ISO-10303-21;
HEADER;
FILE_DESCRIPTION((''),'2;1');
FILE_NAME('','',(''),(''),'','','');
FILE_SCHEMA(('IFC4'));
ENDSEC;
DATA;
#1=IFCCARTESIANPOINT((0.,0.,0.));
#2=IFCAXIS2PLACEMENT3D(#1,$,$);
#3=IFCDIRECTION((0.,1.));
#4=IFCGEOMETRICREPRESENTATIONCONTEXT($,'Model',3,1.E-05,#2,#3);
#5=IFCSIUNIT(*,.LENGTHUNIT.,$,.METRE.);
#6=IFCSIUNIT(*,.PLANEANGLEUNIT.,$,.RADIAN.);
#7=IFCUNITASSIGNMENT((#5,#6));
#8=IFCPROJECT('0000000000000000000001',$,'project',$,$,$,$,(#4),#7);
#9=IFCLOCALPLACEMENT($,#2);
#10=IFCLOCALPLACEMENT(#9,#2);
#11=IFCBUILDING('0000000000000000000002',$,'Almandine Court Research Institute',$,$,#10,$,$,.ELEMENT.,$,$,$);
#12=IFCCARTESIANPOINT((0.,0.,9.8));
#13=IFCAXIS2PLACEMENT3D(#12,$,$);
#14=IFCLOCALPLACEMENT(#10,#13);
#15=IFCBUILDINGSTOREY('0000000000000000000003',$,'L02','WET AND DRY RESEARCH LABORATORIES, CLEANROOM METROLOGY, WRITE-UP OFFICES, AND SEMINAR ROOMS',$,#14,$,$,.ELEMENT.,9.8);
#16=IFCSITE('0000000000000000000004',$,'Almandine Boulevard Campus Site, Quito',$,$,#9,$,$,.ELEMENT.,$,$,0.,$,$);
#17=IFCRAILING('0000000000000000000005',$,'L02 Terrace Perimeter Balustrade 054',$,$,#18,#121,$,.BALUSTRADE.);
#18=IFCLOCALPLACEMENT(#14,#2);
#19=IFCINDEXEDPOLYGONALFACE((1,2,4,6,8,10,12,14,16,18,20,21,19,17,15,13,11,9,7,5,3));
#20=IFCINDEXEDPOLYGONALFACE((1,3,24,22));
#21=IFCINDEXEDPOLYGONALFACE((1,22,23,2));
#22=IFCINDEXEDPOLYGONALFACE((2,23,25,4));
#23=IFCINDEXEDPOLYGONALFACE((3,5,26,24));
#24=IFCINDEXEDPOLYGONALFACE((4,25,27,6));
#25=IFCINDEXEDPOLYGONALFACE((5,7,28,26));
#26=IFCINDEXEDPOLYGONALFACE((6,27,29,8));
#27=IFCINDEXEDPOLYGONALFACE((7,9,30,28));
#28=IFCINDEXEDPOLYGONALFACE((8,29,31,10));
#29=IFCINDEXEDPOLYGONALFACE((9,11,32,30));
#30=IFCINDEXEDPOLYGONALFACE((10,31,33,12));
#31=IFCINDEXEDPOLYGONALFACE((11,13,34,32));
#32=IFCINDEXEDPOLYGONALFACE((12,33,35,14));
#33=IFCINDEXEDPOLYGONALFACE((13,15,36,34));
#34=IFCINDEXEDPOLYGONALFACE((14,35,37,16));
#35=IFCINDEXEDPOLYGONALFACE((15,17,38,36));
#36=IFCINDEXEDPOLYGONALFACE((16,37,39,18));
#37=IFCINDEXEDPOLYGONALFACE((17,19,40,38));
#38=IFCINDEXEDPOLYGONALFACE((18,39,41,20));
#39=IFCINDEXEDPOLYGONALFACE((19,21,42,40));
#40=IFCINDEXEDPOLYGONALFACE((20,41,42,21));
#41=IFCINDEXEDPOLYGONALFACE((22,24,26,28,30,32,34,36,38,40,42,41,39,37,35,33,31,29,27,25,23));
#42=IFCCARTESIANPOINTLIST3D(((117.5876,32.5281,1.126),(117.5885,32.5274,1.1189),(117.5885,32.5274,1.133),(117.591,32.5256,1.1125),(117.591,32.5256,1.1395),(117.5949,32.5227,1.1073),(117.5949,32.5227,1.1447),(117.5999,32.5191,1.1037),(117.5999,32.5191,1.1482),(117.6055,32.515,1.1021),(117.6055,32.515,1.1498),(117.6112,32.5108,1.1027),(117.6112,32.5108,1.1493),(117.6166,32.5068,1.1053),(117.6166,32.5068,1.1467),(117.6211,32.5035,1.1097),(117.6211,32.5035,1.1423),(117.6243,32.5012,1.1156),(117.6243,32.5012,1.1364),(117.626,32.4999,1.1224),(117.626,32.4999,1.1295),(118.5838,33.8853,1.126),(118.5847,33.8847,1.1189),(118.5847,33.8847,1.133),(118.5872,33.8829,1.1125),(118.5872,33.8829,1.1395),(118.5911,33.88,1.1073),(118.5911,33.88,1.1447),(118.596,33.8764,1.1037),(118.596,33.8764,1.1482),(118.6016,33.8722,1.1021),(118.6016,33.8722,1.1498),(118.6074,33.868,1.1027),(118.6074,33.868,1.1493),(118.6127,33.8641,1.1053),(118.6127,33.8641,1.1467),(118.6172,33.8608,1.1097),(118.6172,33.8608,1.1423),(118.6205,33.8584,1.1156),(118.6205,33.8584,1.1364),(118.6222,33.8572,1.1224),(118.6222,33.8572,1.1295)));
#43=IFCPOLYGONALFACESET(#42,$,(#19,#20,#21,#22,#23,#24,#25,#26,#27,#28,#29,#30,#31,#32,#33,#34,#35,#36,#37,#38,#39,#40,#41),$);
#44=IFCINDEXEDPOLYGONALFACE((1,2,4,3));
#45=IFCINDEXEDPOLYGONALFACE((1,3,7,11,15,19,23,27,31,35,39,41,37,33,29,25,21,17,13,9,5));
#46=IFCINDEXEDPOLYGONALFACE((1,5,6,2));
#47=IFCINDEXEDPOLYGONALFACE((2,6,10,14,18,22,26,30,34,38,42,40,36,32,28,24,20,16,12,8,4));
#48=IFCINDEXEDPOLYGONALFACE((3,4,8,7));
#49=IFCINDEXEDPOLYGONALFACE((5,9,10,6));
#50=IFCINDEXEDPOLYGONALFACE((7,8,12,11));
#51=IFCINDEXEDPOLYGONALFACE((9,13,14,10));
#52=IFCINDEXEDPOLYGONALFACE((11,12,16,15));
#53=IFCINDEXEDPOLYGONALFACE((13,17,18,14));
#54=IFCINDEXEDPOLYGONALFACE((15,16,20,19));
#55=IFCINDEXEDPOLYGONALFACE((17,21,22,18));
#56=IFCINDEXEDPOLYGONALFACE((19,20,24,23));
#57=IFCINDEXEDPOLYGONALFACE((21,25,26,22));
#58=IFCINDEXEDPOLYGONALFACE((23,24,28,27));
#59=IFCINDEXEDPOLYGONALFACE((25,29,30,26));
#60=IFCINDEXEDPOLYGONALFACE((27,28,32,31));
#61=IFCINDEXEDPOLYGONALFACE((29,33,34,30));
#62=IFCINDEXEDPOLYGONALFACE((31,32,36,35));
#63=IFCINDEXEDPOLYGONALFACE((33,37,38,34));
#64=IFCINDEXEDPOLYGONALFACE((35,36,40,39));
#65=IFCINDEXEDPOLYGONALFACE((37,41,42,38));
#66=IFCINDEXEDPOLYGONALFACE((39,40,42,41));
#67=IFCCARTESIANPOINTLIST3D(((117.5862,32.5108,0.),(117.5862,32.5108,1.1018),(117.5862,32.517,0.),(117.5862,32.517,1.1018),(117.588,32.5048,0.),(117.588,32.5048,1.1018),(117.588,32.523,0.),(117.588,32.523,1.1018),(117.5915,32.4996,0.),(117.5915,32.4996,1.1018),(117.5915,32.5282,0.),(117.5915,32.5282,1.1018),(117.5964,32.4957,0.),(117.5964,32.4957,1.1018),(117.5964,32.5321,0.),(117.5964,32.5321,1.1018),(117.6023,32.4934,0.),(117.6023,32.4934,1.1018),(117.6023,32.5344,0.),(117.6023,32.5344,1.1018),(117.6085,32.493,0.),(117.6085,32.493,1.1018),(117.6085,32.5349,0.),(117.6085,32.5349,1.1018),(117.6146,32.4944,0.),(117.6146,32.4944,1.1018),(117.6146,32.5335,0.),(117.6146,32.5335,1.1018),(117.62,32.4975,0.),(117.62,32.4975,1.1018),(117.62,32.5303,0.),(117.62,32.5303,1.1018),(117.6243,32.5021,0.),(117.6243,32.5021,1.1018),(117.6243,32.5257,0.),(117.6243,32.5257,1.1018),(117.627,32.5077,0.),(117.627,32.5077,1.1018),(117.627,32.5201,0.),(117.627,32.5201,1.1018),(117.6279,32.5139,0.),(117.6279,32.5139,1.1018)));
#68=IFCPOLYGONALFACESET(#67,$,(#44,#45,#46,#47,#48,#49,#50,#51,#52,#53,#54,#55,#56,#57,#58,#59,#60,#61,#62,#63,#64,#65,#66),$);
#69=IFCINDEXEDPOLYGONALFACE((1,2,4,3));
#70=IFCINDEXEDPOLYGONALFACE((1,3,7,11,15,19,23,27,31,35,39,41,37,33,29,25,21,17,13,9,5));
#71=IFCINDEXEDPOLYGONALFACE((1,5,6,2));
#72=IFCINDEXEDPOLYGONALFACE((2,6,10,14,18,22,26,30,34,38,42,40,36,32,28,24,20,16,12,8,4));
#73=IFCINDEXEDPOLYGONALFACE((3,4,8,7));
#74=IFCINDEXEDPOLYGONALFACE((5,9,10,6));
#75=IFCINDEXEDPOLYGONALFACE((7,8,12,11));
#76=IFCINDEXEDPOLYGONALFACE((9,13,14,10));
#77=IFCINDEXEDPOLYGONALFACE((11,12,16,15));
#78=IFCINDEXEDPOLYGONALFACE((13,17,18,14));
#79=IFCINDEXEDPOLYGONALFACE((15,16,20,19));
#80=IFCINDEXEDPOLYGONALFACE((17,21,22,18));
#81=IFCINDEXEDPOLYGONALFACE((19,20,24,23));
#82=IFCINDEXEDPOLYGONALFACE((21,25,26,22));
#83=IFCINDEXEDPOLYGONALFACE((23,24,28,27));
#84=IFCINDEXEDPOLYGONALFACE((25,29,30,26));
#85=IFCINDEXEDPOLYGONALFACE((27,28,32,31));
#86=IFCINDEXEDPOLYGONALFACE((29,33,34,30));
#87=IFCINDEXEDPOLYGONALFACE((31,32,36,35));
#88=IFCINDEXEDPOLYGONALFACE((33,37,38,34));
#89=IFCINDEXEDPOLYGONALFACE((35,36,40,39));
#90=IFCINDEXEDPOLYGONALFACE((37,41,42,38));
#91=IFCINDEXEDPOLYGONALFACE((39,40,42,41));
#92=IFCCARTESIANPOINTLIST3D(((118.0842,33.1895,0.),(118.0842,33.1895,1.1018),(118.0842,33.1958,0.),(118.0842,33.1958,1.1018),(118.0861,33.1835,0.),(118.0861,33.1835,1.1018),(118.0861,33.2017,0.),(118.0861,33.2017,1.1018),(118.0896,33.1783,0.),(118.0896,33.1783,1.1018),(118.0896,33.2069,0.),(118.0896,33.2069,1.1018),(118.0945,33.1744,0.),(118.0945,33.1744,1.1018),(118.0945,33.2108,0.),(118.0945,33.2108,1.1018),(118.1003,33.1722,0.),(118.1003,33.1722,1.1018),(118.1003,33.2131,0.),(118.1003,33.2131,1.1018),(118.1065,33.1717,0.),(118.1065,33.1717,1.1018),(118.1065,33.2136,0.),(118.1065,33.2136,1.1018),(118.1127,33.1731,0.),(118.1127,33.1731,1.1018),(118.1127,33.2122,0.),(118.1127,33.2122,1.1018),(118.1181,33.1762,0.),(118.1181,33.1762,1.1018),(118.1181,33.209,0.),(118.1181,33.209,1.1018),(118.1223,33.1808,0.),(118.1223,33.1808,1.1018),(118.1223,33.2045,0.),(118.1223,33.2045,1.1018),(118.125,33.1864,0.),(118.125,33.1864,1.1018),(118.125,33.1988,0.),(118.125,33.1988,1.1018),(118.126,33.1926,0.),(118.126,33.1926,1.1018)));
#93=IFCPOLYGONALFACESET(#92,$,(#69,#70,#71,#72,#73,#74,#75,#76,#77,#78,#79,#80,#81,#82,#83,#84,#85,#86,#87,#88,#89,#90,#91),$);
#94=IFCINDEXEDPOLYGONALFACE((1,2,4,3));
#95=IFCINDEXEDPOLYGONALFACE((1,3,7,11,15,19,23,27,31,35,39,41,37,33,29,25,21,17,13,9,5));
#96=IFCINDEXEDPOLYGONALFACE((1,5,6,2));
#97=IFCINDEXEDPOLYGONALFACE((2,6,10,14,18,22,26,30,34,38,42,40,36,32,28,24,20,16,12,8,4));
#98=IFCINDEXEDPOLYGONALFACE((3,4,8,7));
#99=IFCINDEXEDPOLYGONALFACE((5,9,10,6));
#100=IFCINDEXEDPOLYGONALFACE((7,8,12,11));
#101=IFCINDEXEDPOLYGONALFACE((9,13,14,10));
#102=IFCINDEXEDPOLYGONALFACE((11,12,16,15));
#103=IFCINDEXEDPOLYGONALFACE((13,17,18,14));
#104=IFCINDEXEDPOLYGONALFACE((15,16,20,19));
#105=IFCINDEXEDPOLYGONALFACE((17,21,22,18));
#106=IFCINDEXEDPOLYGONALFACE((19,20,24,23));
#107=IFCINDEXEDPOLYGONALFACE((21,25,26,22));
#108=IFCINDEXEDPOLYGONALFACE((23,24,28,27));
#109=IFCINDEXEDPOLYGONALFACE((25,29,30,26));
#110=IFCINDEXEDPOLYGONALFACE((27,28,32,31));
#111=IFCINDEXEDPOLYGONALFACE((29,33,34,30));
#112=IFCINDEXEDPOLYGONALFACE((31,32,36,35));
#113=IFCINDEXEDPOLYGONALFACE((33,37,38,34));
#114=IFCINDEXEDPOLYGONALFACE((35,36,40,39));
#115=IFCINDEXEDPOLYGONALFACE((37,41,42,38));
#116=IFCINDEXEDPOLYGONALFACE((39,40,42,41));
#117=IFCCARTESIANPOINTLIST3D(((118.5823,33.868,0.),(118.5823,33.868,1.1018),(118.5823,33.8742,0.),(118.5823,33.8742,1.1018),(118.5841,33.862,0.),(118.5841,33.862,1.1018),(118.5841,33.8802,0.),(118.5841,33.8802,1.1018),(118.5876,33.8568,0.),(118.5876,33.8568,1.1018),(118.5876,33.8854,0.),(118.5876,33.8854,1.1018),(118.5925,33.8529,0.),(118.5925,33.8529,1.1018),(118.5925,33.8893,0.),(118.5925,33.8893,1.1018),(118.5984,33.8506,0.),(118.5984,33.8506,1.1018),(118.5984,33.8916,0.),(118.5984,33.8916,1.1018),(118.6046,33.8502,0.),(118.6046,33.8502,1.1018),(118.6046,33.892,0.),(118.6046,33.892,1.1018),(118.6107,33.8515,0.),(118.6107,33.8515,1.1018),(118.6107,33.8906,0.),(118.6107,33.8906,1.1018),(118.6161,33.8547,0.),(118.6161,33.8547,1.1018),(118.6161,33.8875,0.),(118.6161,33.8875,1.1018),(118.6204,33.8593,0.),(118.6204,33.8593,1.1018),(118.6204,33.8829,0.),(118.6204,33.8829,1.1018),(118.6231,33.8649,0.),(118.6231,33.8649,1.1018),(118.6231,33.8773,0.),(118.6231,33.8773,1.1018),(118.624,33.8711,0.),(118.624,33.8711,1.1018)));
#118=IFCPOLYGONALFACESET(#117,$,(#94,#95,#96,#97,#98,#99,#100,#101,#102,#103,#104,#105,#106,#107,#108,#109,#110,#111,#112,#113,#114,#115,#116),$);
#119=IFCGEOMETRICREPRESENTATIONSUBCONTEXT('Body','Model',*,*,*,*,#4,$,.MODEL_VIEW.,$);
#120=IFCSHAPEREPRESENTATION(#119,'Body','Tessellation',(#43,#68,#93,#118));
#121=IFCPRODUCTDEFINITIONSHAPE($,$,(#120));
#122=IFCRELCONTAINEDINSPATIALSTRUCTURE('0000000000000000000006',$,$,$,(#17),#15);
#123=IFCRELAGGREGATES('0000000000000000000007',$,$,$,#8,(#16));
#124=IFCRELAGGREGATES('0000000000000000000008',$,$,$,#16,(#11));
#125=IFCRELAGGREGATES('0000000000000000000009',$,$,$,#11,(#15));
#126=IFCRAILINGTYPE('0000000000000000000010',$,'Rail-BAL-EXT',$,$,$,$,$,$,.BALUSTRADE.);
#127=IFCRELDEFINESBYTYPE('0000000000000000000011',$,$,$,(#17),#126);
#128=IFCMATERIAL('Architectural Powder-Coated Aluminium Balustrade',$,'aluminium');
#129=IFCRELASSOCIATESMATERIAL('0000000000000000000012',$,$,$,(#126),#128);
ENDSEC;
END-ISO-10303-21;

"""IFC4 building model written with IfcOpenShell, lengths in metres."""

from ifc_helpers import new_model, si_unit, direction, frame, origin, origin_2d, place, context, subcontext, project, spatial, circle, extrude, material, type_object, element, save


model = new_model("IFC4")

# Units and contexts
model_context = context("Model", 3, precision=1e-05, world=origin(), true_north=direction((0.0, 1.0)))
body_context = subcontext(model_context, "Body", "Model", "MODEL_VIEW")
ifc_project = project(units=[si_unit("LENGTHUNIT", "METRE"), si_unit("PLANEANGLEUNIT", "RADIAN")], contexts=[model_context])

# Site, building, storey
site_placement = place(None, origin())
site = spatial("IfcSite", under=ifc_project, at=site_placement, Name="Almandine Boulevard Campus Site, Quito", CompositionType="ELEMENT", RefElevation=0.0)
building_placement = place(site_placement, origin())
building = spatial("IfcBuilding", under=site, at=building_placement, Name="Almandine Court Research Institute", CompositionType="ELEMENT")
storey_placement = place(building_placement, frame((0.0, 0.0, 9.8)))
storey = spatial("IfcBuildingStorey", under=building, at=storey_placement, Name="L02", Description="WET AND DRY RESEARCH LABORATORIES, CLEANROOM METROLOGY, WRITE-UP OFFICES, AND SEMINAR ROOMS", CompositionType="ELEMENT", Elevation=9.8)

# Railing
ifc_material_1 = material(Name="Architectural Powder-Coated Aluminium Balustrade", Category="aluminium")
railing_type = type_object("IfcRailingType", Name="Rail-BAL-EXT", PredefinedType="BALUSTRADE", material=ifc_material_1)
railing_1_placement = place(storey_placement, frame((117.6069, 32.5139, 0.0)))
element("IfcRailing", 1, at=railing_1_placement, inside=storey, type_object=railing_type, Name="L02 Terrace Perimeter Balustrade 054", PredefinedType="BALUSTRADE", context=body_context, shape_type="SweptSolid", body=[
    extrude(circle(Radius=0.0239, at=origin_2d()), frame((0.0, 0.0, 1.126), z_axis=(0.591684, 0.80617, 0.0), x_axis=(-0.80617, 0.591684, 0.0)), (0.0, 0.0, 1.0), 1.6836),
    extrude(circle(Radius=0.021, at=origin_2d()), origin(), (0.0, 0.0, 1.0), 1.1018),
    extrude(circle(Radius=0.021, at=origin_2d()), frame((0.498, 0.6787, 0.0)), (0.0, 0.0, 1.0), 1.1018),
    extrude(circle(Radius=0.021, at=origin_2d()), frame((0.9961, 1.3572, 0.0)), (0.0, 0.0, 1.0), 1.1018),
])

save(model, "model.ifc")
